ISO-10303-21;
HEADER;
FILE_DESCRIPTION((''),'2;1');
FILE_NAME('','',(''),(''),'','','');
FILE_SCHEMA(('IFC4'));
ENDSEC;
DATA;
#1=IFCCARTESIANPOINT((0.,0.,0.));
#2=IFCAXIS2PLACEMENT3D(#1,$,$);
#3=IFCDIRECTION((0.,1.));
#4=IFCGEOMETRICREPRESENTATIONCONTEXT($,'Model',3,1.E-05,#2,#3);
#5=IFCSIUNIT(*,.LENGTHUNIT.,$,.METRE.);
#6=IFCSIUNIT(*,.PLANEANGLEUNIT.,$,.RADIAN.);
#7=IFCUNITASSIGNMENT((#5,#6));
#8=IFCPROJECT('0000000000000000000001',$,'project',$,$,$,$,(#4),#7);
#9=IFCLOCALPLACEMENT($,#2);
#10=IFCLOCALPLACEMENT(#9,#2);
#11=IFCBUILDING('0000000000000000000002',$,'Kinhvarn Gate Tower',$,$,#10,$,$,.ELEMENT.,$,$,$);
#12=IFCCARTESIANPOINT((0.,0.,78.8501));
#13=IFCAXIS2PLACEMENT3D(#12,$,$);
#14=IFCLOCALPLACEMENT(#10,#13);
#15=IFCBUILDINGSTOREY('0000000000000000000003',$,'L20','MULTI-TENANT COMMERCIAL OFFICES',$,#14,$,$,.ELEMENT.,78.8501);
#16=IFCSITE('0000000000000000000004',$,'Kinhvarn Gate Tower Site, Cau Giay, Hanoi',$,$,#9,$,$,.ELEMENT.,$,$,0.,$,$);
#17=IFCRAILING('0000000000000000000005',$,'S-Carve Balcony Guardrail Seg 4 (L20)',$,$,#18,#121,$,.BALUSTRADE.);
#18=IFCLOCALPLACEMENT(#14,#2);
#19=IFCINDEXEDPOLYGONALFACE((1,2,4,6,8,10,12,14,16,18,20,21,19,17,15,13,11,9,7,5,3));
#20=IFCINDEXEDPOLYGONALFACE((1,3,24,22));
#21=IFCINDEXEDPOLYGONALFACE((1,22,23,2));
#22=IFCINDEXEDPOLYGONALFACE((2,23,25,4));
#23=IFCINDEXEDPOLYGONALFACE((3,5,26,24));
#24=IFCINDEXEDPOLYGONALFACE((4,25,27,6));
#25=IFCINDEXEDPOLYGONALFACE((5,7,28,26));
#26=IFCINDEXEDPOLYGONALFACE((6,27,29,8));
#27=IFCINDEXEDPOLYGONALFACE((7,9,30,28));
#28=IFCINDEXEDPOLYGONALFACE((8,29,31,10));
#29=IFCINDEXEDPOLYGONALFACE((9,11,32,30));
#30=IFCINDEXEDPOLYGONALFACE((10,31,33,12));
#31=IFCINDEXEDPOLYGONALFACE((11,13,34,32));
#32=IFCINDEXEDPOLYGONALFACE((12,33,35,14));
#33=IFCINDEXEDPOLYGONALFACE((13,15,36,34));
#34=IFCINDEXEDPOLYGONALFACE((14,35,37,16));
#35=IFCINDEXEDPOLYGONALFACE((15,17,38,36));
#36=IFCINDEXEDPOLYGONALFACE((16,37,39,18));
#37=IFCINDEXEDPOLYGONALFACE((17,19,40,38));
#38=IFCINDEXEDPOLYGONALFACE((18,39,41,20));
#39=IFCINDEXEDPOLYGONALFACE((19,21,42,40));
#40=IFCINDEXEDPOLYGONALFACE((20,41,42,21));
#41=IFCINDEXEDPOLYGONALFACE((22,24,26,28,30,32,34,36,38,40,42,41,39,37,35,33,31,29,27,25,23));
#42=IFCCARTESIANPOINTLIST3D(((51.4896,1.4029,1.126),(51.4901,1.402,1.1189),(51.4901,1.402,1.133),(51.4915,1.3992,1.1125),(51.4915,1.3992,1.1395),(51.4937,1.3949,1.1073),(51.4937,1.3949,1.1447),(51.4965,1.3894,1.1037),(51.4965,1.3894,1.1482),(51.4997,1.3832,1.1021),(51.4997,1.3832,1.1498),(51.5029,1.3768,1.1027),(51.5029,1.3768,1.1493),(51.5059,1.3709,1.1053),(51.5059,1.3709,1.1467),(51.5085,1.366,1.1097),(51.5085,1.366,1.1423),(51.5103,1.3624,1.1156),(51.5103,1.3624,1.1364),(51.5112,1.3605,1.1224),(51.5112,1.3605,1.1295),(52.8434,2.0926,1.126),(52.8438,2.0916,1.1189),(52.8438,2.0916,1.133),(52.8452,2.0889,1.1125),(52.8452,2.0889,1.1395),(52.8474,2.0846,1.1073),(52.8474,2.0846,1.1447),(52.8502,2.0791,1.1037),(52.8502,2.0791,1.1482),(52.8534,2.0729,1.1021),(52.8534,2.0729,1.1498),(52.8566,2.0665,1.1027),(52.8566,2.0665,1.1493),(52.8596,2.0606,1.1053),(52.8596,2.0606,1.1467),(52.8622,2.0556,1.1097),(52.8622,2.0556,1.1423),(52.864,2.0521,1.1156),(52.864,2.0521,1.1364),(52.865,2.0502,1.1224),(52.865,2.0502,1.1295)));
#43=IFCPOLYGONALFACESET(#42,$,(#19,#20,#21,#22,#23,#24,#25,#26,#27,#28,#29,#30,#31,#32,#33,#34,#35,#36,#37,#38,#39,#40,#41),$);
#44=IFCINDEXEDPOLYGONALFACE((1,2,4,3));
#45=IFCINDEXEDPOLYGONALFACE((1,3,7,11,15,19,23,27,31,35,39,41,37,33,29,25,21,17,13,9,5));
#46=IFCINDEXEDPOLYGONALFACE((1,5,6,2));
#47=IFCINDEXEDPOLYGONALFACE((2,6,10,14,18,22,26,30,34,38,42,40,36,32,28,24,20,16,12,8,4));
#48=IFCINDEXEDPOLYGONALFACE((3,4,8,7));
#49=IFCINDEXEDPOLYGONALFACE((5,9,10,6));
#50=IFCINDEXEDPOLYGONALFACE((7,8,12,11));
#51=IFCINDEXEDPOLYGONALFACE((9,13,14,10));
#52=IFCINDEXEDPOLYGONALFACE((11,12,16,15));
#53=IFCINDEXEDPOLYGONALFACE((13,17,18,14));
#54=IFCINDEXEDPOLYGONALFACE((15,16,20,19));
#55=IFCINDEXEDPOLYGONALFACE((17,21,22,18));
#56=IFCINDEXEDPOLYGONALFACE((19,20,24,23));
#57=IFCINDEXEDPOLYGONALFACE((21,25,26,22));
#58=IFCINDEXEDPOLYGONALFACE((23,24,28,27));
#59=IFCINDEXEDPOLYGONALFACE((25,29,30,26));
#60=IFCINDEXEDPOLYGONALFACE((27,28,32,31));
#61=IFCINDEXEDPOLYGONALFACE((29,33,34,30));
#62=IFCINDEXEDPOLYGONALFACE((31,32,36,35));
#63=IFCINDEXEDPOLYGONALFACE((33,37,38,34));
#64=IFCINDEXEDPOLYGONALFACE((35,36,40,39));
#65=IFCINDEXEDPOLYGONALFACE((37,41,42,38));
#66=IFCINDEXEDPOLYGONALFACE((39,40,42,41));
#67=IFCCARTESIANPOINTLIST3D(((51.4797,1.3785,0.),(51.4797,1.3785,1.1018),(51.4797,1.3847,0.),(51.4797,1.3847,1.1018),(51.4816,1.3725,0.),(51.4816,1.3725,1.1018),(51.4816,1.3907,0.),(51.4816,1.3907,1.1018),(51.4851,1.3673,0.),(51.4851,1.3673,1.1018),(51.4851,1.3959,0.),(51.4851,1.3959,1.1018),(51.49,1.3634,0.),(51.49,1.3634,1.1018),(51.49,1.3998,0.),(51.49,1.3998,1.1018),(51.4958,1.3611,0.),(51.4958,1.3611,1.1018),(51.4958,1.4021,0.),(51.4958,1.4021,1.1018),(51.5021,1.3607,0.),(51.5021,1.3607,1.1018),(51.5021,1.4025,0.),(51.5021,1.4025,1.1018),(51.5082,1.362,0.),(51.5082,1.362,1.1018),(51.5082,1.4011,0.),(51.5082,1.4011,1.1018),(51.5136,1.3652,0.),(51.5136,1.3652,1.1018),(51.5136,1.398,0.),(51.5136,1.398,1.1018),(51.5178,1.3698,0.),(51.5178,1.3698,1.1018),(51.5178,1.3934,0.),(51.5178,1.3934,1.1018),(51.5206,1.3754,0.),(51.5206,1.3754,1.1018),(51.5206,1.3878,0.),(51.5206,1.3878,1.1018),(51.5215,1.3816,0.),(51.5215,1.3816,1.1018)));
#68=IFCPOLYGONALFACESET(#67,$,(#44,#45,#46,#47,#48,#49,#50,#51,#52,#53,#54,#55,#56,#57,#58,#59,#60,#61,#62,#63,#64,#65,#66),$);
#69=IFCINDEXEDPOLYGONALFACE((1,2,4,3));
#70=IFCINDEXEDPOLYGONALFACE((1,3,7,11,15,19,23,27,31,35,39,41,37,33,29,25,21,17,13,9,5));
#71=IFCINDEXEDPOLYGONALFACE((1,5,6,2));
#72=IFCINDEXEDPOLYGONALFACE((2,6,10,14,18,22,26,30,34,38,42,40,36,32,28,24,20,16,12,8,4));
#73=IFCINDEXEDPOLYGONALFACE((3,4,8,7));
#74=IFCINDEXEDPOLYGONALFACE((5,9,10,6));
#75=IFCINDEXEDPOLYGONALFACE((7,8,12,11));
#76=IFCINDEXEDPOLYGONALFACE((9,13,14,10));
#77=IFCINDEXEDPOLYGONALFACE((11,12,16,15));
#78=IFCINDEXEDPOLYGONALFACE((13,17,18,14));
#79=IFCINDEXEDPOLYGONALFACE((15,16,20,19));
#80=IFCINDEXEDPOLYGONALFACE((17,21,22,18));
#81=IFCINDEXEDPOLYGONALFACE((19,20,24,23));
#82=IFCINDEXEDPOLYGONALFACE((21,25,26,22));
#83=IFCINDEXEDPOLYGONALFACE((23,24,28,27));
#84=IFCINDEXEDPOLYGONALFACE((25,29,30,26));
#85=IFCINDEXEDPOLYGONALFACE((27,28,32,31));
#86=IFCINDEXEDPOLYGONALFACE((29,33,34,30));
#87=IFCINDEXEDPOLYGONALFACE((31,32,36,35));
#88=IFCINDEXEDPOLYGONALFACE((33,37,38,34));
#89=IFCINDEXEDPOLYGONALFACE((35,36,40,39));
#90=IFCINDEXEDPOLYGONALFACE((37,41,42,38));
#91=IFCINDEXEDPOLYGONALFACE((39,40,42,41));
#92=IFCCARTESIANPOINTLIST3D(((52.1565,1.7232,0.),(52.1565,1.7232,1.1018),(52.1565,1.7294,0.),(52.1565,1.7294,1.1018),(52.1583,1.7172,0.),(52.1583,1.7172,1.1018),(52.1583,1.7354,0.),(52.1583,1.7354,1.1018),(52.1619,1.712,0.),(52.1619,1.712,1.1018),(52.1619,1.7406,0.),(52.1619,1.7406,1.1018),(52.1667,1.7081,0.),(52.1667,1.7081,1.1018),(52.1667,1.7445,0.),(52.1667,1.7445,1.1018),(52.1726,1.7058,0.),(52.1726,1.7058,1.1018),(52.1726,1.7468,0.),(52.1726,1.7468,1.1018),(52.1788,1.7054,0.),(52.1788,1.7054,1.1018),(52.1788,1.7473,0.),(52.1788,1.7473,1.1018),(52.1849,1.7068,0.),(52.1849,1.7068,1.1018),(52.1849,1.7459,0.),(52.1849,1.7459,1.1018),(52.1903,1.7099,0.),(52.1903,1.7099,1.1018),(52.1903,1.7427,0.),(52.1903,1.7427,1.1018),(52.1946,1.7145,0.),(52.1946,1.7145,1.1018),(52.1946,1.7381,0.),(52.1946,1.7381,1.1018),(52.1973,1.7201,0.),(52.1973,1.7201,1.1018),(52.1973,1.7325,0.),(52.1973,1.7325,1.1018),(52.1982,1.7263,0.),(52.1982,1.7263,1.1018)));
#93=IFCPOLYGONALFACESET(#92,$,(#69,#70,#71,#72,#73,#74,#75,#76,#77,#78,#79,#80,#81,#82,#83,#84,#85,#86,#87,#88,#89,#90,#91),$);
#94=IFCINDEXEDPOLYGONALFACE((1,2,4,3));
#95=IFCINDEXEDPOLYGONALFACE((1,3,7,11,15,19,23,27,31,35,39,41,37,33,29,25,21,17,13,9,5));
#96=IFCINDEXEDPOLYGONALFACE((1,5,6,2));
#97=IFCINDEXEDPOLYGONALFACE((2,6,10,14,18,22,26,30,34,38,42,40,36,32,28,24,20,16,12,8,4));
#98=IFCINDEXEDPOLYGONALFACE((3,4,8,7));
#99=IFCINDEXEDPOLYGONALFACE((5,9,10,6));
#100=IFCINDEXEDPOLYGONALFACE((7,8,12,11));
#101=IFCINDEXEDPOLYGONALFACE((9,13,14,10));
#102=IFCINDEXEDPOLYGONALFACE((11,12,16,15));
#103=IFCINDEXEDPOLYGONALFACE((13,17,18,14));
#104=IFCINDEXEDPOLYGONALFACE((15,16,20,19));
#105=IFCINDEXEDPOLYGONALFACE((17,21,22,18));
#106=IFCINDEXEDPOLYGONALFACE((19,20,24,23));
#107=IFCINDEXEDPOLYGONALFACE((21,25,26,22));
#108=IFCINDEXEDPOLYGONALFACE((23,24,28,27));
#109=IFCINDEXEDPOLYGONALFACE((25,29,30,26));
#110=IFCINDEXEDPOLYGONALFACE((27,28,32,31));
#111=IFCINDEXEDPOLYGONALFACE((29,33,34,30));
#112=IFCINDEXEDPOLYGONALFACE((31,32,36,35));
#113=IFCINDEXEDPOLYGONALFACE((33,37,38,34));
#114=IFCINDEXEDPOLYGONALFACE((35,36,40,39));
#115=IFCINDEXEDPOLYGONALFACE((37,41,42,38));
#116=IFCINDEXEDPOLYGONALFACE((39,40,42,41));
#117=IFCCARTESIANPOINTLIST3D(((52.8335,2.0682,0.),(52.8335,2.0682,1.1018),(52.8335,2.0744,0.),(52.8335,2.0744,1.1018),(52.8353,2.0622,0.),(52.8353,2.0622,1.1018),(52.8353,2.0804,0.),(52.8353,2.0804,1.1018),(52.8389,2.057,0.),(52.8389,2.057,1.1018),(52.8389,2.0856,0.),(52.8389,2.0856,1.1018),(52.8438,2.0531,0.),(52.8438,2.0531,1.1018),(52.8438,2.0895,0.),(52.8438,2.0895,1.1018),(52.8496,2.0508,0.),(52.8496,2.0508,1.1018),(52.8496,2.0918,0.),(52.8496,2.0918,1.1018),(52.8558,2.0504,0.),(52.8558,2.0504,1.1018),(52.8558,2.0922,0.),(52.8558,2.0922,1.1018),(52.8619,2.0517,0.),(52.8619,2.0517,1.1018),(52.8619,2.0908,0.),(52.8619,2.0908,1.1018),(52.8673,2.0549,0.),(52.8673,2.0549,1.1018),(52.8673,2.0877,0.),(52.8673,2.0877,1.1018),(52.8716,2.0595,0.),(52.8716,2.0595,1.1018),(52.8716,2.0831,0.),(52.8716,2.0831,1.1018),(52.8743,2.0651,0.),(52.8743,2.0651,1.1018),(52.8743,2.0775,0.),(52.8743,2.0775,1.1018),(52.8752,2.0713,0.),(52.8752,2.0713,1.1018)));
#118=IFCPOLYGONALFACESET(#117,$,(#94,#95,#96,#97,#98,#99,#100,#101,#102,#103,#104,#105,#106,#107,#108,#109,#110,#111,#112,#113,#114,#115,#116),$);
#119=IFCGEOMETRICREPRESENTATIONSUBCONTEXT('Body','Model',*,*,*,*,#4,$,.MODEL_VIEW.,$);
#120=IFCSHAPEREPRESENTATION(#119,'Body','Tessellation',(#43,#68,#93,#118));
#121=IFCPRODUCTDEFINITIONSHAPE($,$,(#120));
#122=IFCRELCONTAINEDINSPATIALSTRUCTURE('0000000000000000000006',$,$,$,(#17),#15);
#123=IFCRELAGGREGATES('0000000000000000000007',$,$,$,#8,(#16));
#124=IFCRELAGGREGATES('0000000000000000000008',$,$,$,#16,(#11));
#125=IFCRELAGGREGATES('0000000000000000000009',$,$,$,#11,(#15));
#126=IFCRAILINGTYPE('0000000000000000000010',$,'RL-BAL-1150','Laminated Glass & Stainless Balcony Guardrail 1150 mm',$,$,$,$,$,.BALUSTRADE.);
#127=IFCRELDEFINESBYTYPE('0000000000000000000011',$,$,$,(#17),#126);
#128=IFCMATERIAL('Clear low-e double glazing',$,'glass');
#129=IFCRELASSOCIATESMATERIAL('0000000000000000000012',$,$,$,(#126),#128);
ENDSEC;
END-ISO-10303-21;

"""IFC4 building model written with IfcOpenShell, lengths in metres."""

from ifc_helpers import new_model, si_unit, direction, frame, origin, origin_2d, place, context, subcontext, project, spatial, circle, extrude, material, type_object, element, save


model = new_model("IFC4")

# Units and contexts
model_context = context("Model", 3, precision=1e-05, world=origin(), true_north=direction((0.0, 1.0)))
body_context = subcontext(model_context, "Body", "Model", "MODEL_VIEW")
ifc_project = project(units=[si_unit("LENGTHUNIT", "METRE"), si_unit("PLANEANGLEUNIT", "RADIAN")], contexts=[model_context])

# Site, building, storey
site_placement = place(None, origin())
site = spatial("IfcSite", under=ifc_project, at=site_placement, Name="Kinhvarn Gate Tower Site, Cau Giay, Hanoi", CompositionType="ELEMENT", RefElevation=0.0)
building_placement = place(site_placement, origin())
building = spatial("IfcBuilding", under=site, at=building_placement, Name="Kinhvarn Gate Tower", CompositionType="ELEMENT")
storey_placement = place(building_placement, frame((0.0, 0.0, 78.8501)))
storey = spatial("IfcBuildingStorey", under=building, at=storey_placement, Name="L20", Description="MULTI-TENANT COMMERCIAL OFFICES", CompositionType="ELEMENT", Elevation=78.8501)

# Shared definitions
ifc_material_1 = material(Name="Clear low-e double glazing", Category="glass")

# Railing
railing_type = type_object("IfcRailingType", Name="RL-BAL-1150", Description="Laminated Glass & Stainless Balcony Guardrail 1150 mm", PredefinedType="BALUSTRADE", material=ifc_material_1)
railing_1_placement = place(storey_placement, frame((51.5005, 1.3816, 0.0)))
element("IfcRailing", 1, at=railing_1_placement, inside=storey, type_object=railing_type, Name="S-Carve Balcony Guardrail Seg 4 (L20)", PredefinedType="BALUSTRADE", context=body_context, shape_type="SweptSolid", body=[
    extrude(circle(Radius=0.0239, at=origin_2d()), frame((0.0, 0.0, 1.126), z_axis=(0.891027, 0.45395, 0.0), x_axis=(-0.45395, 0.891027, 0.0)), (0.0, 0.0, 1.0), 1.5193),
    extrude(circle(Radius=0.021, at=origin_2d()), origin(), (0.0, 0.0, 1.0), 1.1018),
    extrude(circle(Radius=0.021, at=origin_2d()), frame((0.6768, 0.3447, 0.0)), (0.0, 0.0, 1.0), 1.1018),
    extrude(circle(Radius=0.021, at=origin_2d()), frame((1.3538, 0.6897, 0.0)), (0.0, 0.0, 1.0), 1.1018),
])

save(model, "model.ifc")
